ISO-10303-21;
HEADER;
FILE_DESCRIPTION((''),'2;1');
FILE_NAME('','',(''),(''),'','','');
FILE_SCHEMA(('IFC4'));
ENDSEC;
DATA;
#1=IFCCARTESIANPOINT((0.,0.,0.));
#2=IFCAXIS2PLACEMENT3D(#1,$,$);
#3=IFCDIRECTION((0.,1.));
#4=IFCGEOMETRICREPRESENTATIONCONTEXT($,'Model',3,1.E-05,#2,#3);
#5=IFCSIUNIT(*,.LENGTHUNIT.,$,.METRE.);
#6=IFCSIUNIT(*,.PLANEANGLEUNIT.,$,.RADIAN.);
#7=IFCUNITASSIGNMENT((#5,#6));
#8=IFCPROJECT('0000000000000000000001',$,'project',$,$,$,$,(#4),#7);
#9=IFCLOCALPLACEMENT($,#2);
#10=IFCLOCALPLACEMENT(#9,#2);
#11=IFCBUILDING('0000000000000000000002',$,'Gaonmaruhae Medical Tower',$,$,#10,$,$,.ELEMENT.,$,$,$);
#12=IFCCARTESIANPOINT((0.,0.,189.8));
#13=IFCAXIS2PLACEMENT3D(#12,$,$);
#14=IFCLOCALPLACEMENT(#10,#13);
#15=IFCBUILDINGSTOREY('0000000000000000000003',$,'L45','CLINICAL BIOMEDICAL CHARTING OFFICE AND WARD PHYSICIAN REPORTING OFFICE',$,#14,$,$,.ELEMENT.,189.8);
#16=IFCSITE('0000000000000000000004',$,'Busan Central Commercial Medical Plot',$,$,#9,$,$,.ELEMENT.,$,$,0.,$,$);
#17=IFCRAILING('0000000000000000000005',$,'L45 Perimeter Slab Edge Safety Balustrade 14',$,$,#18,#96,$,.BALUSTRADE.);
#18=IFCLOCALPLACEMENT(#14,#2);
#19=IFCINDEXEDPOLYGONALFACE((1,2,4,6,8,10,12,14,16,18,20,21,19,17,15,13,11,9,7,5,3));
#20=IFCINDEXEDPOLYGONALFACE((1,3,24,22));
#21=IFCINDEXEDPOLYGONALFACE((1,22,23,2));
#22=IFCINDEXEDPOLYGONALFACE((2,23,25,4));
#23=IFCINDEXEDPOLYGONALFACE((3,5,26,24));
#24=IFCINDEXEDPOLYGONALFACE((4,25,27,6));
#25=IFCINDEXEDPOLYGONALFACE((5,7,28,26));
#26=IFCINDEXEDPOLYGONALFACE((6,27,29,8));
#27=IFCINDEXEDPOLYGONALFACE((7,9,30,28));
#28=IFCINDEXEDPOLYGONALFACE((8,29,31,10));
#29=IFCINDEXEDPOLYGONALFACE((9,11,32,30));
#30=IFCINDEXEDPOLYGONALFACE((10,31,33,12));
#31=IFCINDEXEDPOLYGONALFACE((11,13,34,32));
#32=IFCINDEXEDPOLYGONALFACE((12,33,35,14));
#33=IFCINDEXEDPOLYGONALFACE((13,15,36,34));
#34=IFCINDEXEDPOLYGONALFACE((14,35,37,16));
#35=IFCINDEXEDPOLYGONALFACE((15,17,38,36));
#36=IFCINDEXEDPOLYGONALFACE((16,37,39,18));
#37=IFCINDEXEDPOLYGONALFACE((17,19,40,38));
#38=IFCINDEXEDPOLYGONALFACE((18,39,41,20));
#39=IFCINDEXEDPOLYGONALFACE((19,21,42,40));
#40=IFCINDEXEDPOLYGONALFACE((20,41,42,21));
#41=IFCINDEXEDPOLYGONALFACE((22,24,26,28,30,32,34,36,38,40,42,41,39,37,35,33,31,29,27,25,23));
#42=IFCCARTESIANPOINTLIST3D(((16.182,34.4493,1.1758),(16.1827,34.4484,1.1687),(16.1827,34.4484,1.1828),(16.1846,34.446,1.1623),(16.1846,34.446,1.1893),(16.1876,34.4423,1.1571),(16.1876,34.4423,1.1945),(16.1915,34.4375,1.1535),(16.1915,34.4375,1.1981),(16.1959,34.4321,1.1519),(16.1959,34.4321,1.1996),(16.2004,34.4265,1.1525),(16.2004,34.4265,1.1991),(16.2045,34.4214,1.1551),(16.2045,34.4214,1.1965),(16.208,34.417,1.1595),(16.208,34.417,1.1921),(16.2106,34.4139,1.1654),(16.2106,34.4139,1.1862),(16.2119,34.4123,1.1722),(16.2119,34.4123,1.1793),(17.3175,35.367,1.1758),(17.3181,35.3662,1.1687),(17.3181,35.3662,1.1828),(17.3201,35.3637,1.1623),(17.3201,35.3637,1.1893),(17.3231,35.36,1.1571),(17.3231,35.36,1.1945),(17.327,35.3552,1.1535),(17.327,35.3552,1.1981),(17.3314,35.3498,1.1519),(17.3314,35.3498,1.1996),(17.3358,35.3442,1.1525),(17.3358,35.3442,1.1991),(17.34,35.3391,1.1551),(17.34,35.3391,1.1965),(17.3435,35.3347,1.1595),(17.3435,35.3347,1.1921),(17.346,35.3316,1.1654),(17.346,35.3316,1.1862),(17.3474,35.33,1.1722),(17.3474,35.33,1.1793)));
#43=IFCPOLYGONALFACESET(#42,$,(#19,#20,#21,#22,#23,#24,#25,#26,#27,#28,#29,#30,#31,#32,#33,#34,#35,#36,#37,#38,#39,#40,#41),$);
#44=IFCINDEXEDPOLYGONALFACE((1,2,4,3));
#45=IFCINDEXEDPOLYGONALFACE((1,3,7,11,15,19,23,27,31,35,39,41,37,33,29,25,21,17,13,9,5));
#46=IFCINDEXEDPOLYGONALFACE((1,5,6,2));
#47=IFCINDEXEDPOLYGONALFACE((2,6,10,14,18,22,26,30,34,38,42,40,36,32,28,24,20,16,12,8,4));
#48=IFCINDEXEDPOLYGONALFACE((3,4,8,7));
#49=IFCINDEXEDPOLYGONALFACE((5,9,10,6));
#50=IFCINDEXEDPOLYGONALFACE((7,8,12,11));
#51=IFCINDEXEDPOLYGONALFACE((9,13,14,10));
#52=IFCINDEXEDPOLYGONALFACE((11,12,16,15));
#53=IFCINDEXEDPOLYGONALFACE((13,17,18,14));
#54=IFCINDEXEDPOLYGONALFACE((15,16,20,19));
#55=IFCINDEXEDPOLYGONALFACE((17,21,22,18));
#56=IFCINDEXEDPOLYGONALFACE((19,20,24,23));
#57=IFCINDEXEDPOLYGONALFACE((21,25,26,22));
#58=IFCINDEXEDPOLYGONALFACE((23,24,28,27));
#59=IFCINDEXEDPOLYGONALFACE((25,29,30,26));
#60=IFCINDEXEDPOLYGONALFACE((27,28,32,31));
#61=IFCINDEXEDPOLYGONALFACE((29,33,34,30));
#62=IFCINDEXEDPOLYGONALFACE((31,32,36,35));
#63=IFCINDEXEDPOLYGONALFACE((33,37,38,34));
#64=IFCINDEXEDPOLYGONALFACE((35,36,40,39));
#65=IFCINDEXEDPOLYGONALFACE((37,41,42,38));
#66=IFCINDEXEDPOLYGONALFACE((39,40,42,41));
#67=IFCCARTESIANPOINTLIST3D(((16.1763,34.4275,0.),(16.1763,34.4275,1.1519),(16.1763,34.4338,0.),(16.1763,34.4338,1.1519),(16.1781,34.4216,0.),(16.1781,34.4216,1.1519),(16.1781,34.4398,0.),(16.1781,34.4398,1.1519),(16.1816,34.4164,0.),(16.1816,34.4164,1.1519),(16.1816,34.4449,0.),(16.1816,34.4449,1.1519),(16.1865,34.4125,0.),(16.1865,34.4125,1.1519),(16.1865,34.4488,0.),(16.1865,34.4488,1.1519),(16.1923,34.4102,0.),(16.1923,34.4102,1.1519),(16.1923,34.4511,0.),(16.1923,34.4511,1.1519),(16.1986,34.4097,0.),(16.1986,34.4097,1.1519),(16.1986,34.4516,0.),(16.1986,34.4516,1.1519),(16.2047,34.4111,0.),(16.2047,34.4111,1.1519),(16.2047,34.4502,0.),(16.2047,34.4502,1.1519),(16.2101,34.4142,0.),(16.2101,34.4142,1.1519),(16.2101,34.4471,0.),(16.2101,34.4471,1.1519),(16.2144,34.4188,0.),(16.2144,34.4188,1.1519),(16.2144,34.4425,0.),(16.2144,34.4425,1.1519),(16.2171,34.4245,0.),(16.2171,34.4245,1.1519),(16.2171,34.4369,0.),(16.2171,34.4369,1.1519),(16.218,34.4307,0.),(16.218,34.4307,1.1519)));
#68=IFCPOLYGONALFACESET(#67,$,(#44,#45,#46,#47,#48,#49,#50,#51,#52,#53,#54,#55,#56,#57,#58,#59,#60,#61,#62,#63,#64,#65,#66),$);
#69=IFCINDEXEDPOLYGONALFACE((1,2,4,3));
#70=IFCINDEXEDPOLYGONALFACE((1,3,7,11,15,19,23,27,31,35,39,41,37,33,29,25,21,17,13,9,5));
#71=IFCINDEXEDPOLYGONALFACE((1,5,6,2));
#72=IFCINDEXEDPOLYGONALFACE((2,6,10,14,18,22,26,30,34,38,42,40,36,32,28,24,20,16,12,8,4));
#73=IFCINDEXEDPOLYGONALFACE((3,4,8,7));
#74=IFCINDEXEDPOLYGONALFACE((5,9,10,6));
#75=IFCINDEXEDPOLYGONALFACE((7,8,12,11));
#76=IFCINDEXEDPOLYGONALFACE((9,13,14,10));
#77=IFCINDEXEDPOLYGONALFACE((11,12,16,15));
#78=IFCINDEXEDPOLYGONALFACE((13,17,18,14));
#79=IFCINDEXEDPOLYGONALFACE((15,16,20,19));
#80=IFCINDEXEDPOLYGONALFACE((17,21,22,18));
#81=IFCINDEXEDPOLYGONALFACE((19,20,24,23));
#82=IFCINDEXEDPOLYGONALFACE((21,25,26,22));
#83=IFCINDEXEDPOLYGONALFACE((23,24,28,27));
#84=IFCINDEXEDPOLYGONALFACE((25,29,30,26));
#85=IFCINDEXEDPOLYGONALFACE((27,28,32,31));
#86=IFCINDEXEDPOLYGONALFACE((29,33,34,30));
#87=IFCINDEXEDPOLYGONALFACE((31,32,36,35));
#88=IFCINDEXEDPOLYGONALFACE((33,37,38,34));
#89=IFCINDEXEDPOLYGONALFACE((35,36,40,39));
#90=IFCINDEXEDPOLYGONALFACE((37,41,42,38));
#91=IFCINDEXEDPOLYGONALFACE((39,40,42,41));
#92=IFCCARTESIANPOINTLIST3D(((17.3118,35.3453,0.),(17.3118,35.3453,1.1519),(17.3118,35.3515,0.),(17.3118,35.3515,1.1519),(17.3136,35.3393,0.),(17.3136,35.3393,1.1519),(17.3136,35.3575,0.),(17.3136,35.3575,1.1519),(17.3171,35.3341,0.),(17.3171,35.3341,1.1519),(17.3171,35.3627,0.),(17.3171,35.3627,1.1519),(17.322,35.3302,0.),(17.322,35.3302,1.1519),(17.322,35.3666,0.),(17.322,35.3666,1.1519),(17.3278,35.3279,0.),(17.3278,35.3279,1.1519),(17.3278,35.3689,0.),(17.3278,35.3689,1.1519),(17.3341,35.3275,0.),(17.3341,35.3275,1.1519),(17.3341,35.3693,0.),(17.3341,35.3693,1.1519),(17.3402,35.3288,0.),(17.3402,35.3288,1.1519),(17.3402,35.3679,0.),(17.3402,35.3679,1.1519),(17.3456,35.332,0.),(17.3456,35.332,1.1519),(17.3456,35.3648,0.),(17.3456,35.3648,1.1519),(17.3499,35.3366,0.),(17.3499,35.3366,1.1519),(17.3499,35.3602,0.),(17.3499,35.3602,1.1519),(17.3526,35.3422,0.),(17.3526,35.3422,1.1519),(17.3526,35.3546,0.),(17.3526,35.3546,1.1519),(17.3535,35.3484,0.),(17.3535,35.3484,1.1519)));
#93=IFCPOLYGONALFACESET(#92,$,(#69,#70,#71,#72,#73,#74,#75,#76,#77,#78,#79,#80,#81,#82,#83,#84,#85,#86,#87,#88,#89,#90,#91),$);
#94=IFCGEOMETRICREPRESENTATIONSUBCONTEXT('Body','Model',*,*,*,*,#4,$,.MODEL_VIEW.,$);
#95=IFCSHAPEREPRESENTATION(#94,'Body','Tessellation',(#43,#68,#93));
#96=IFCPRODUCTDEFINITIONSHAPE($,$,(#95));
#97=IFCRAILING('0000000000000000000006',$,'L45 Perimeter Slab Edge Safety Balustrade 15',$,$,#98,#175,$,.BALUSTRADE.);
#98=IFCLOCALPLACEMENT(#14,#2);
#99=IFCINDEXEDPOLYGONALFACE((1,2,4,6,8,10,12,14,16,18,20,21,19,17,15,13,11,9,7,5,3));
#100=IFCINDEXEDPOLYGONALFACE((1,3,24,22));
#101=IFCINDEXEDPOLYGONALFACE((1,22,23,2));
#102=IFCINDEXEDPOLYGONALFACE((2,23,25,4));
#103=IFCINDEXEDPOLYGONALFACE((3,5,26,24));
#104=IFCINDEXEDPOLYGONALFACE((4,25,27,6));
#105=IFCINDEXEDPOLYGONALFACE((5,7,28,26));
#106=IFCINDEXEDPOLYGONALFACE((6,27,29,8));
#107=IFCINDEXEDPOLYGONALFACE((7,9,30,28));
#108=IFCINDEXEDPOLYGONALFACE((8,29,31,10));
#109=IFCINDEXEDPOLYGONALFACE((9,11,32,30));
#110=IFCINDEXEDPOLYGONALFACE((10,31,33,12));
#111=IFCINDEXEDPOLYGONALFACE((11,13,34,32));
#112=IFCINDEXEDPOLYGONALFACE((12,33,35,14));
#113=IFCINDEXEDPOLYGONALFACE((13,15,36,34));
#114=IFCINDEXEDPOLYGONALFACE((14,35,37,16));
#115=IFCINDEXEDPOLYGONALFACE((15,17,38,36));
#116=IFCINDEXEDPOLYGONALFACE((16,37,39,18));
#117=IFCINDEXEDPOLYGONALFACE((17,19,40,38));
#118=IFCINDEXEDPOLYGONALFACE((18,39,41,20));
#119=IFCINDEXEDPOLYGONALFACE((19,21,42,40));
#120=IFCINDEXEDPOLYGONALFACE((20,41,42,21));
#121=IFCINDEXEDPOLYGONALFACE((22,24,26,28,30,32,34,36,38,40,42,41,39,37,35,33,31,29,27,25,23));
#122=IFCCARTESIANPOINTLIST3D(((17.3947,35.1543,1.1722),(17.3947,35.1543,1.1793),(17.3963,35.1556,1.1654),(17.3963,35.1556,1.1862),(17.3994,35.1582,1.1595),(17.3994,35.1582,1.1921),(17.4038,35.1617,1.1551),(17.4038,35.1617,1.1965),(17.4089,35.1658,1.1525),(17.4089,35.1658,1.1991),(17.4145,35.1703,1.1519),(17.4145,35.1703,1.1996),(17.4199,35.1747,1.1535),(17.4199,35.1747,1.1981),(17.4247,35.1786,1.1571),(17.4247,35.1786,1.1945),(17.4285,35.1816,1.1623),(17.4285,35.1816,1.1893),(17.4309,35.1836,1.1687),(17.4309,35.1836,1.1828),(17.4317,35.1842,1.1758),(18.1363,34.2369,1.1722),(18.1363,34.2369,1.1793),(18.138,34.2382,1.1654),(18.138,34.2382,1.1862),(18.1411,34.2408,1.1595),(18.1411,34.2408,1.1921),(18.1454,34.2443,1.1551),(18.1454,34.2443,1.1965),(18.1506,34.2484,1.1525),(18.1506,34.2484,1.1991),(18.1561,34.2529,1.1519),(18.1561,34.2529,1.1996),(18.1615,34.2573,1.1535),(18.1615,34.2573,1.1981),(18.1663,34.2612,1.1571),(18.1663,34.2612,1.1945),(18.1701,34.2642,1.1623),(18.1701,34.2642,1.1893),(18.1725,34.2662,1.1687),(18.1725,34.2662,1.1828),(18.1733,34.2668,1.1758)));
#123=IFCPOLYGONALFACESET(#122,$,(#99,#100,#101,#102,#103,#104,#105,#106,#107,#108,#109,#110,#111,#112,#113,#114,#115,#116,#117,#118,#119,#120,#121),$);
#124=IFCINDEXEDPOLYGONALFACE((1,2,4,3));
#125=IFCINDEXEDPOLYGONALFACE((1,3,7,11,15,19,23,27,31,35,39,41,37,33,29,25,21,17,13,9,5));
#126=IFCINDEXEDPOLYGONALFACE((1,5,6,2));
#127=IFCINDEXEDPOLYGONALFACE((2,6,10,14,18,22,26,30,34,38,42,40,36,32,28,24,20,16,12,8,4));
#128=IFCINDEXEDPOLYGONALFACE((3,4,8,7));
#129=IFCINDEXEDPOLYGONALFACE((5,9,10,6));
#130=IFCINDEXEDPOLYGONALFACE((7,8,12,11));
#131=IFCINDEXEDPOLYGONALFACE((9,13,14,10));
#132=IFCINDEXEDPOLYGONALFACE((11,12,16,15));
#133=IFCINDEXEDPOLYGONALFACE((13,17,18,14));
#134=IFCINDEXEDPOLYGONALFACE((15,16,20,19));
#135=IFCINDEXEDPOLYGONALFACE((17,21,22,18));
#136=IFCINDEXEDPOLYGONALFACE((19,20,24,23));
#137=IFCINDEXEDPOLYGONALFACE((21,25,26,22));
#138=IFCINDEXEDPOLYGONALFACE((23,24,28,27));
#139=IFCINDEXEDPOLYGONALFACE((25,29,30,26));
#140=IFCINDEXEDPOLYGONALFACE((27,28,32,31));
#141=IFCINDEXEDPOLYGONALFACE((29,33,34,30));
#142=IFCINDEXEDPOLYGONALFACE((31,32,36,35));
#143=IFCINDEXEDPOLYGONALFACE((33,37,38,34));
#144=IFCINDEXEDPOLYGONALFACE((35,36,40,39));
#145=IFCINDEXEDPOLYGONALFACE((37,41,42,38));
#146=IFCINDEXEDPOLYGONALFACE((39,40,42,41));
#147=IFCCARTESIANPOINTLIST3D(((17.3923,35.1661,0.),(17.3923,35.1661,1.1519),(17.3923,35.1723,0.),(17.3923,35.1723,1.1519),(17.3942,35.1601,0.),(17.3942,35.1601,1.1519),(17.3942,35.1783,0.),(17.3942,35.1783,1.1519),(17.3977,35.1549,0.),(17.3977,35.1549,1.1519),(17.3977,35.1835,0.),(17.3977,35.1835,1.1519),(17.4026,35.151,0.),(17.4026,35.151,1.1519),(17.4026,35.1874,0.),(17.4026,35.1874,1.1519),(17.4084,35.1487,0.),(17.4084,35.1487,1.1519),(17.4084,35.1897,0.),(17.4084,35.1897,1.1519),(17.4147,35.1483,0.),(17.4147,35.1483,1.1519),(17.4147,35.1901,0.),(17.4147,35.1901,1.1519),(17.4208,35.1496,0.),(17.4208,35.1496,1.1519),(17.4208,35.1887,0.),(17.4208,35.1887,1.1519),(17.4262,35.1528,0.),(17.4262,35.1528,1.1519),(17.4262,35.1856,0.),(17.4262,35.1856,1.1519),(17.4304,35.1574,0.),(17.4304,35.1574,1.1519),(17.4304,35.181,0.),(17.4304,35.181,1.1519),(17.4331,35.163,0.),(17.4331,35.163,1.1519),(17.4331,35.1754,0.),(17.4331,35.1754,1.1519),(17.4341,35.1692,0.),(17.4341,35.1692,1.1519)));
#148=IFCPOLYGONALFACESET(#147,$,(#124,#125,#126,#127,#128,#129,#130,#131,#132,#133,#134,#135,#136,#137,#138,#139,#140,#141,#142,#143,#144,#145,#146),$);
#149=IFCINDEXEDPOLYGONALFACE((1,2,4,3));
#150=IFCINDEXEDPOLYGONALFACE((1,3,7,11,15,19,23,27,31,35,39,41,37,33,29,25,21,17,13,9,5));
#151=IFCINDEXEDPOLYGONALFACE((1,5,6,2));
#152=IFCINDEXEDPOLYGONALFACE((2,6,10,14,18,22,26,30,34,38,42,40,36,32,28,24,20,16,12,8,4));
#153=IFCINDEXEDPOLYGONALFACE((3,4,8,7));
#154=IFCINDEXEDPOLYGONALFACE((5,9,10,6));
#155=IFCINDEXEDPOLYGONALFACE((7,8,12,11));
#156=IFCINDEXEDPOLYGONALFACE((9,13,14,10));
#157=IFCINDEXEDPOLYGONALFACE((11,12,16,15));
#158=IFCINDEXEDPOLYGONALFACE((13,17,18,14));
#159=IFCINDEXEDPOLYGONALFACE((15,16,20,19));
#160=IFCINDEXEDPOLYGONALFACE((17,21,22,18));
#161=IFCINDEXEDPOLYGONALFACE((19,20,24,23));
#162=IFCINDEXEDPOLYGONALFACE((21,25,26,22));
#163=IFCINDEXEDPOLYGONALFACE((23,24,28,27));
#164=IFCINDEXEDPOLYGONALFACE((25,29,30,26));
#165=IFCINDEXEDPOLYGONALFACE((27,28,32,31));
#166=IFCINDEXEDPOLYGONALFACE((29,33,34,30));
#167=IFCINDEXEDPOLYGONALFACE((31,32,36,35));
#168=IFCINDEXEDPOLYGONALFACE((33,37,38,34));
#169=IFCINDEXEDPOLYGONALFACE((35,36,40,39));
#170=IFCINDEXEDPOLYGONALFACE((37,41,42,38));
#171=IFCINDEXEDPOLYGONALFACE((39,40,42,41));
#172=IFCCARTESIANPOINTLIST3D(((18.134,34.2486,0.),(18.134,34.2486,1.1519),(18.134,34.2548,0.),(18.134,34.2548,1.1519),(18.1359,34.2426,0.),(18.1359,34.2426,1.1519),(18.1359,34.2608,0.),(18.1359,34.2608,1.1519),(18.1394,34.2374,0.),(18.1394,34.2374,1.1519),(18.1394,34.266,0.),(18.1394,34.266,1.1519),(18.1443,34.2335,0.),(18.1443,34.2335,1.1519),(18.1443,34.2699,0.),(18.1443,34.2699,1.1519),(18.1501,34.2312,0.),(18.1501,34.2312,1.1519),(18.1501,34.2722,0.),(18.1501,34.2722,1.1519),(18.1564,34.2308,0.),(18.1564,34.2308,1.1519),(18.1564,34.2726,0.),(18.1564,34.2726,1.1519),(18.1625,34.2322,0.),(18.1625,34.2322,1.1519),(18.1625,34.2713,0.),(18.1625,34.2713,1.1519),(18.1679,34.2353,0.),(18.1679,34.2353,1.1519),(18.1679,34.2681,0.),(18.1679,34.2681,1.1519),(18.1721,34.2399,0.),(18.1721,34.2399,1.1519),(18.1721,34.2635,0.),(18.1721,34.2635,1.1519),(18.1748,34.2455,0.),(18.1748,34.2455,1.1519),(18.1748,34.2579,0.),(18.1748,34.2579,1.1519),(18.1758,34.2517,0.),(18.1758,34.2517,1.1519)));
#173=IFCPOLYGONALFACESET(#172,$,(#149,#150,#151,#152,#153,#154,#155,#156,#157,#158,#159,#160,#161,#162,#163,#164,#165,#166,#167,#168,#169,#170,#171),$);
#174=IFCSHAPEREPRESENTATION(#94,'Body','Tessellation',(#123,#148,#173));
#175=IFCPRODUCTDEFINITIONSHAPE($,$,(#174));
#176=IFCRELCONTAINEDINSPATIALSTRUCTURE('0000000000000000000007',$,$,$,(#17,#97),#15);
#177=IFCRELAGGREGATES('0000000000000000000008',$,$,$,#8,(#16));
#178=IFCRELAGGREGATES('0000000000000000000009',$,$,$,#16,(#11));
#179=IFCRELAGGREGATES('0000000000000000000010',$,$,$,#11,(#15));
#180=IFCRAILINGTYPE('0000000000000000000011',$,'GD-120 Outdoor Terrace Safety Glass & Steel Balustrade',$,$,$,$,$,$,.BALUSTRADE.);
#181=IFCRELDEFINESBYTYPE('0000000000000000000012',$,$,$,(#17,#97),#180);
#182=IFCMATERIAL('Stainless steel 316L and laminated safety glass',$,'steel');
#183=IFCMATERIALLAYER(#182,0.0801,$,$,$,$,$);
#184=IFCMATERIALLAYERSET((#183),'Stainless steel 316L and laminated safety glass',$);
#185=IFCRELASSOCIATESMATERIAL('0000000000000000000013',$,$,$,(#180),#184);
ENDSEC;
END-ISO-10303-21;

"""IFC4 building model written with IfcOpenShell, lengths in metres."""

from ifc_helpers import new_model, si_unit, direction, frame, origin, origin_2d, place, context, subcontext, project, spatial, circle, extrude, material, layer, layer_set, type_object, element, save


model = new_model("IFC4")

# Units and contexts
model_context = context("Model", 3, precision=1e-05, world=origin(), true_north=direction((0.0, 1.0)))
body_context = subcontext(model_context, "Body", "Model", "MODEL_VIEW")
ifc_project = project(units=[si_unit("LENGTHUNIT", "METRE"), si_unit("PLANEANGLEUNIT", "RADIAN")], contexts=[model_context])

# Site, building, storey
site_placement = place(None, origin())
site = spatial("IfcSite", under=ifc_project, at=site_placement, Name="Busan Central Commercial Medical Plot", CompositionType="ELEMENT", RefElevation=0.0)
building_placement = place(site_placement, origin())
building = spatial("IfcBuilding", under=site, at=building_placement, Name="Gaonmaruhae Medical Tower", CompositionType="ELEMENT")
storey_placement = place(building_placement, frame((0.0, 0.0, 189.8)))
storey = spatial("IfcBuildingStorey", under=building, at=storey_placement, Name="L45", Description="CLINICAL BIOMEDICAL CHARTING OFFICE AND WARD PHYSICIAN REPORTING OFFICE", CompositionType="ELEMENT", Elevation=189.8)

# Railings
ifc_material_1 = material(Name="Stainless steel 316L and laminated safety glass", Category="steel")
ifc_layer_1 = layer(ifc_material_1, 0.0801)
ifc_layer_set_1 = layer_set([ifc_layer_1], Name="Stainless steel 316L and laminated safety glass")
railing_type = type_object("IfcRailingType", Name="GD-120 Outdoor Terrace Safety Glass & Steel Balustrade", PredefinedType="BALUSTRADE", material=ifc_layer_set_1)
railing_1_placement = place(storey_placement, frame((16.197, 34.4307, 0.0)))
element("IfcRailing", 1, at=railing_1_placement, inside=storey, type_object=railing_type, Name="L45 Perimeter Slab Edge Safety Balustrade 14", PredefinedType="BALUSTRADE", context=body_context, shape_type="SweptSolid", body=[
    extrude(circle(Radius=0.0239, at=origin_2d()), frame((0.0, 0.0, 1.1758), z_axis=(0.777743, 0.628582, 0.0), x_axis=(-0.628582, 0.777743, 0.0)), (0.0, 0.0, 1.0), 1.46),
    extrude(circle(Radius=0.021, at=origin_2d()), origin(), (0.0, 0.0, 1.0), 1.1519),
    extrude(circle(Radius=0.021, at=origin_2d()), frame((1.1355, 0.9177, 0.0)), (0.0, 0.0, 1.0), 1.1519),
])
railing_2_placement = place(storey_placement, frame((17.4131, 35.1692, 0.0)))
element("IfcRailing", 2, at=railing_2_placement, inside=storey, type_object=railing_type, Name="L45 Perimeter Slab Edge Safety Balustrade 15", PredefinedType="BALUSTRADE", context=body_context, shape_type="SweptSolid", body=[
    extrude(circle(Radius=0.0239, at=origin_2d()), frame((0.0, 0.0, 1.1758), z_axis=(0.628674, -0.777669, 0.0), x_axis=(0.777669, 0.628674, 0.0)), (0.0, 0.0, 1.0), 1.1797),
    extrude(circle(Radius=0.021, at=origin_2d()), origin(), (0.0, 0.0, 1.0), 1.1519),
    extrude(circle(Radius=0.021, at=origin_2d()), frame((0.7417, -0.9175, 0.0)), (0.0, 0.0, 1.0), 1.1519),
])

save(model, "model.ifc")
